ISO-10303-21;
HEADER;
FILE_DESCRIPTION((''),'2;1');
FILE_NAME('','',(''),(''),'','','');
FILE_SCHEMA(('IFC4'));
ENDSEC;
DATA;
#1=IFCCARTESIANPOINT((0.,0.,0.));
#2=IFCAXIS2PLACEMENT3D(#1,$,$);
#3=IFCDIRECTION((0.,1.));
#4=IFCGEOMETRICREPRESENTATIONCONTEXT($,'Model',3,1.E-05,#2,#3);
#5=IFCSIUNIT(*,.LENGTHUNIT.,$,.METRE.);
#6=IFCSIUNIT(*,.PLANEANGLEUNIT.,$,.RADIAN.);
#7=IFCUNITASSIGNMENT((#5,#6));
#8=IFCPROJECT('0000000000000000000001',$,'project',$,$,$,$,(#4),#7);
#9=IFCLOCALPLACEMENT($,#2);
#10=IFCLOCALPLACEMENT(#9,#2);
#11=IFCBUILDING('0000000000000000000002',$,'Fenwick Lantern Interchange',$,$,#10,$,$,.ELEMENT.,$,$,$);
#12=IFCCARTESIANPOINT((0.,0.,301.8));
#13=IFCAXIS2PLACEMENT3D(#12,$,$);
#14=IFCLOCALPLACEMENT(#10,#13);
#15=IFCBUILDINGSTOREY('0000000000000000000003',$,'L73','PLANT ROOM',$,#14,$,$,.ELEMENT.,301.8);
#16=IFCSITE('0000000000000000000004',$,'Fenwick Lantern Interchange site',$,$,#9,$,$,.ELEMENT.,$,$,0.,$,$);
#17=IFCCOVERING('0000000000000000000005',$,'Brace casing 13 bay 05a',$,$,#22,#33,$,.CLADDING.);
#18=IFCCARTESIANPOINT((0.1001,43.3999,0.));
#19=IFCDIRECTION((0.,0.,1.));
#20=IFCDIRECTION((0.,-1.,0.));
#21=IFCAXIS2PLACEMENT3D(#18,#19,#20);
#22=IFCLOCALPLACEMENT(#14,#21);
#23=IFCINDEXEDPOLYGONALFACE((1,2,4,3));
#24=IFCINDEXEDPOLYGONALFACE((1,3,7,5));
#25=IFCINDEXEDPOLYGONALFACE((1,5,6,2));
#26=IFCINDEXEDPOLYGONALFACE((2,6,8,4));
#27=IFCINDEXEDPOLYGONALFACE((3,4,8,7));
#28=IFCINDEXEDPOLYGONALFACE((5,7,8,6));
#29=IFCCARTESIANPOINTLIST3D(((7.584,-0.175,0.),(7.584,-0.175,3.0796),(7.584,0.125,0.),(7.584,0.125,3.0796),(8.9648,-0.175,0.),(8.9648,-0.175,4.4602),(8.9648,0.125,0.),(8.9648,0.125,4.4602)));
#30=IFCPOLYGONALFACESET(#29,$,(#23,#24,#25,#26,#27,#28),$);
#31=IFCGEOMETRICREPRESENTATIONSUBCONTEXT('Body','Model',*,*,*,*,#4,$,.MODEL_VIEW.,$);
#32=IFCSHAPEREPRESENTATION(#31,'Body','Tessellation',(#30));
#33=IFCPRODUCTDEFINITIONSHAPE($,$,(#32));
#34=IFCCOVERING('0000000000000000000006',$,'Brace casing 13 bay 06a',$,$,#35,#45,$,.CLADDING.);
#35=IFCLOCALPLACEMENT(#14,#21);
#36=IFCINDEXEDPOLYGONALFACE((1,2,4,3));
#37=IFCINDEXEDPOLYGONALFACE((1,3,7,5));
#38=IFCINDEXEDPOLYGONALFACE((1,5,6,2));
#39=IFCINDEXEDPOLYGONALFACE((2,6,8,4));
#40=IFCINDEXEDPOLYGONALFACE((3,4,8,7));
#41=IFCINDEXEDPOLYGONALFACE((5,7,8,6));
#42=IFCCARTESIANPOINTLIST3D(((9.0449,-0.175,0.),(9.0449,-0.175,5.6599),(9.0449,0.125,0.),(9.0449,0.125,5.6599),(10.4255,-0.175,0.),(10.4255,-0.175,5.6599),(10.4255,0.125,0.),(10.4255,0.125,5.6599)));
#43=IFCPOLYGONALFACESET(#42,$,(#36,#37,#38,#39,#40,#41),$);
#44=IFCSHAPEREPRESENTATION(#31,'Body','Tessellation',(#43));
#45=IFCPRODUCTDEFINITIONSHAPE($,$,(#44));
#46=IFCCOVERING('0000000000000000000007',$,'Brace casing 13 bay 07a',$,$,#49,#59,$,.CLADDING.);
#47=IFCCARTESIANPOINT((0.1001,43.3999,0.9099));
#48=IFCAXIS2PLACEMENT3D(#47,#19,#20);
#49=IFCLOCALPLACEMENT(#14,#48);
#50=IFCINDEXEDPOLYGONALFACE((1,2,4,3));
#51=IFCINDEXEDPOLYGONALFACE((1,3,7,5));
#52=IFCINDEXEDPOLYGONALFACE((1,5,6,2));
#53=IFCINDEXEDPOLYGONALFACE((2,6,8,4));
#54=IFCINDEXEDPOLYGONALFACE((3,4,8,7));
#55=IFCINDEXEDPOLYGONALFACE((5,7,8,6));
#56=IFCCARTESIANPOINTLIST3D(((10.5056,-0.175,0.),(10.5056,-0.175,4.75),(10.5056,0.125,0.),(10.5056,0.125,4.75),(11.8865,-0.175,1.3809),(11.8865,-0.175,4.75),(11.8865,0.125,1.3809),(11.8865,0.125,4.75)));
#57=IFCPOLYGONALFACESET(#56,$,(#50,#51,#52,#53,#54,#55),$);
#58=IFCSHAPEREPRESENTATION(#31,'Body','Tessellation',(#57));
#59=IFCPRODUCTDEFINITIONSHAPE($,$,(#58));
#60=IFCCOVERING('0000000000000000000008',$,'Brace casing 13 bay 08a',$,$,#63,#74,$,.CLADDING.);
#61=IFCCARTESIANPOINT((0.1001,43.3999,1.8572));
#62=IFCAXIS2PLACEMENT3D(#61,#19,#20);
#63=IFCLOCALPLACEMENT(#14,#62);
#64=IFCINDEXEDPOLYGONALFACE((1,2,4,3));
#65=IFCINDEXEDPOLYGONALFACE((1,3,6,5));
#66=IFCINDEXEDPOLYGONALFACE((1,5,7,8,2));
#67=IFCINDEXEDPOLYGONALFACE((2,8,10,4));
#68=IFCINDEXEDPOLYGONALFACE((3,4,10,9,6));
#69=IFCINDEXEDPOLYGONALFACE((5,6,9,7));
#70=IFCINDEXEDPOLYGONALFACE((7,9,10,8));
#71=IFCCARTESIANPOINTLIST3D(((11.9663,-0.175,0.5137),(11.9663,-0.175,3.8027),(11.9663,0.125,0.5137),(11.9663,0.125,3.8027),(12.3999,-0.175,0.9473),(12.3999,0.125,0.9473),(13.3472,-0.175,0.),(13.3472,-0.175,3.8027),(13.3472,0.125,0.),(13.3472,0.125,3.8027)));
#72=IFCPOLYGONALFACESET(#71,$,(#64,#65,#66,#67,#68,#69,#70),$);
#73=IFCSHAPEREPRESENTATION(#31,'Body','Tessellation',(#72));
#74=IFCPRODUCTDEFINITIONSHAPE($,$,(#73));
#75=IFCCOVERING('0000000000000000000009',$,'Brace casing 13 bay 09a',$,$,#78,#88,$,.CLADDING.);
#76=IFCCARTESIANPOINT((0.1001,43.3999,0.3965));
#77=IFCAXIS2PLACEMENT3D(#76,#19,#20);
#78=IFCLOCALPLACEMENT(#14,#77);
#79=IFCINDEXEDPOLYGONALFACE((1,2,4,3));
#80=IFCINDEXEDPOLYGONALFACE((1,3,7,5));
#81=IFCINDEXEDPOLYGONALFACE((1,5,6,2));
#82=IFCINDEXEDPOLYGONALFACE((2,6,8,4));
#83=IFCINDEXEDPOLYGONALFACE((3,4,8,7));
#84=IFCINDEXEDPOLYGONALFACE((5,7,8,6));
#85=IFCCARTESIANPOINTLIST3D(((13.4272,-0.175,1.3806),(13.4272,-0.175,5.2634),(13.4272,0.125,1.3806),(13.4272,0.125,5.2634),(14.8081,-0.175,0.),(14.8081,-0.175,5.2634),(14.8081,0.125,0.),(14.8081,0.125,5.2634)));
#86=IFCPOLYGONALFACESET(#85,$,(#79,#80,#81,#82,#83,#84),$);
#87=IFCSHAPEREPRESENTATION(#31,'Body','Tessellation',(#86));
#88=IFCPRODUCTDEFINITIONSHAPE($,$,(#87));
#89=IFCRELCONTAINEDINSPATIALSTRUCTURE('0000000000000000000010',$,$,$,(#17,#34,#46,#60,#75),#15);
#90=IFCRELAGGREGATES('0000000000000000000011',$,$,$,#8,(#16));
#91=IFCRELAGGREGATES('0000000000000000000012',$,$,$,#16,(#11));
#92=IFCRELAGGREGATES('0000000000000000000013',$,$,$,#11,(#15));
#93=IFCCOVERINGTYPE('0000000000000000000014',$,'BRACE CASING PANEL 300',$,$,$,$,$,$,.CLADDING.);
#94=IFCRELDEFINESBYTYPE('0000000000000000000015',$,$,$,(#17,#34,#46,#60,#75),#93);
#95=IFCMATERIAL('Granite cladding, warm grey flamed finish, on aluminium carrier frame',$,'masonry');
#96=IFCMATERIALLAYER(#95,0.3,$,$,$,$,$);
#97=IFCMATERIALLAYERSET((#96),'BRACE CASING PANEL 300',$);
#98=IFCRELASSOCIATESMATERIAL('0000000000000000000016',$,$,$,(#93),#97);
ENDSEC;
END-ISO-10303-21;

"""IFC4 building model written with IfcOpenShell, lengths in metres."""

from ifc_helpers import new_model, si_unit, direction, frame, origin, place, context, subcontext, project, spatial, polyline, outline, extrude, material, layer, layer_set, type_object, element, save


model = new_model("IFC4")

# Units and contexts
model_context = context("Model", 3, precision=1e-05, world=origin(), true_north=direction((0.0, 1.0)))
body_context = subcontext(model_context, "Body", "Model", "MODEL_VIEW")
ifc_project = project(units=[si_unit("LENGTHUNIT", "METRE"), si_unit("PLANEANGLEUNIT", "RADIAN")], contexts=[model_context])

# Site, building, storey
site_placement = place(None, origin())
site = spatial("IfcSite", under=ifc_project, at=site_placement, Name="Fenwick Lantern Interchange site", CompositionType="ELEMENT", RefElevation=0.0)
building_placement = place(site_placement, origin())
building = spatial("IfcBuilding", under=site, at=building_placement, Name="Fenwick Lantern Interchange", CompositionType="ELEMENT")
storey_placement = place(building_placement, frame((0.0, 0.0, 301.8)))
storey = spatial("IfcBuildingStorey", under=building, at=storey_placement, Name="L73", Description="PLANT ROOM", CompositionType="ELEMENT", Elevation=301.8)

# Coverings
ifc_material_1 = material(Name="Granite cladding, warm grey flamed finish, on aluminium carrier frame", Category="masonry")
ifc_layer_1 = layer(ifc_material_1, 0.3)
ifc_layer_set_1 = layer_set([ifc_layer_1], Name="BRACE CASING PANEL 300")
covering_type = type_object("IfcCoveringType", Name="BRACE CASING PANEL 300", PredefinedType="CLADDING", material=ifc_layer_set_1)
covering_1_placement = place(storey_placement, frame((0.1001, 43.3999, 0.0), z_axis=(0.0, 0.0, 1.0), x_axis=(0.0, -1.0, 0.0)))
element("IfcCovering", 1, at=covering_1_placement, inside=storey, type_object=covering_type, Name="Brace casing 13 bay 05a", PredefinedType="CLADDING", context=body_context, shape_type="SweptSolid", body=[
    extrude(outline(polyline([(7.584, 0.0), (8.9648, 0.0), (8.9648, 4.4602), (7.584, 3.0796), (7.584, 0.0)])), frame((0.0, 0.125, 0.0), z_axis=(0.0, -1.0, 0.0), x_axis=(1.0, 0.0, 0.0)), (0.0, 0.0, 1.0), 0.3),
])
covering_2_placement = place(storey_placement, frame((0.1001, 43.3999, 0.0), z_axis=(0.0, 0.0, 1.0), x_axis=(0.0, -1.0, 0.0)))
element("IfcCovering", 2, at=covering_2_placement, inside=storey, type_object=covering_type, Name="Brace casing 13 bay 06a", PredefinedType="CLADDING", context=body_context, shape_type="SweptSolid", body=[
    extrude(outline(polyline([(9.0449, 0.0), (10.4255, 0.0), (10.4255, 5.6599), (9.0449, 5.6599), (9.0449, 0.0)])), frame((0.0, 0.125, 0.0), z_axis=(0.0, -1.0, 0.0), x_axis=(1.0, 0.0, 0.0)), (0.0, 0.0, 1.0), 0.3),
])
covering_3_placement = place(storey_placement, frame((0.1001, 43.3999, 0.9099), z_axis=(0.0, 0.0, 1.0), x_axis=(0.0, -1.0, 0.0)))
element("IfcCovering", 3, at=covering_3_placement, inside=storey, type_object=covering_type, Name="Brace casing 13 bay 07a", PredefinedType="CLADDING", context=body_context, shape_type="SweptSolid", body=[
    extrude(outline(polyline([(10.5056, 0.0), (11.8865, 1.3809), (11.8865, 4.75), (10.5056, 4.75), (10.5056, 0.0)])), frame((0.0, 0.125, 0.0), z_axis=(0.0, -1.0, 0.0), x_axis=(1.0, 0.0, 0.0)), (0.0, 0.0, 1.0), 0.3),
])
covering_4_placement = place(storey_placement, frame((0.1001, 43.3999, 1.8572), z_axis=(0.0, 0.0, 1.0), x_axis=(0.0, -1.0, 0.0)))
element("IfcCovering", 4, at=covering_4_placement, inside=storey, type_object=covering_type, Name="Brace casing 13 bay 08a", PredefinedType="CLADDING", context=body_context, shape_type="SweptSolid", body=[
    extrude(outline(polyline([(13.3472, 0.0), (13.3472, 3.8027), (11.9663, 3.8027), (11.9663, 0.5137), (12.3999, 0.9473), (13.3472, 0.0)])), frame((0.0, 0.125, 0.0), z_axis=(0.0, -1.0, 0.0), x_axis=(1.0, 0.0, 0.0)), (0.0, 0.0, 1.0), 0.3),
])
covering_5_placement = place(storey_placement, frame((0.1001, 43.3999, 0.3965), z_axis=(0.0, 0.0, 1.0), x_axis=(0.0, -1.0, 0.0)))
element("IfcCovering", 5, at=covering_5_placement, inside=storey, type_object=covering_type, Name="Brace casing 13 bay 09a", PredefinedType="CLADDING", context=body_context, shape_type="SweptSolid", body=[
    extrude(outline(polyline([(14.8081, 0.0), (14.8081, 5.2634), (13.4272, 5.2634), (13.4272, 1.3806), (14.8081, 0.0)])), frame((0.0, 0.125, 0.0), z_axis=(0.0, -1.0, 0.0), x_axis=(1.0, 0.0, 0.0)), (0.0, 0.0, 1.0), 0.3),
])

save(model, "model.ifc")
